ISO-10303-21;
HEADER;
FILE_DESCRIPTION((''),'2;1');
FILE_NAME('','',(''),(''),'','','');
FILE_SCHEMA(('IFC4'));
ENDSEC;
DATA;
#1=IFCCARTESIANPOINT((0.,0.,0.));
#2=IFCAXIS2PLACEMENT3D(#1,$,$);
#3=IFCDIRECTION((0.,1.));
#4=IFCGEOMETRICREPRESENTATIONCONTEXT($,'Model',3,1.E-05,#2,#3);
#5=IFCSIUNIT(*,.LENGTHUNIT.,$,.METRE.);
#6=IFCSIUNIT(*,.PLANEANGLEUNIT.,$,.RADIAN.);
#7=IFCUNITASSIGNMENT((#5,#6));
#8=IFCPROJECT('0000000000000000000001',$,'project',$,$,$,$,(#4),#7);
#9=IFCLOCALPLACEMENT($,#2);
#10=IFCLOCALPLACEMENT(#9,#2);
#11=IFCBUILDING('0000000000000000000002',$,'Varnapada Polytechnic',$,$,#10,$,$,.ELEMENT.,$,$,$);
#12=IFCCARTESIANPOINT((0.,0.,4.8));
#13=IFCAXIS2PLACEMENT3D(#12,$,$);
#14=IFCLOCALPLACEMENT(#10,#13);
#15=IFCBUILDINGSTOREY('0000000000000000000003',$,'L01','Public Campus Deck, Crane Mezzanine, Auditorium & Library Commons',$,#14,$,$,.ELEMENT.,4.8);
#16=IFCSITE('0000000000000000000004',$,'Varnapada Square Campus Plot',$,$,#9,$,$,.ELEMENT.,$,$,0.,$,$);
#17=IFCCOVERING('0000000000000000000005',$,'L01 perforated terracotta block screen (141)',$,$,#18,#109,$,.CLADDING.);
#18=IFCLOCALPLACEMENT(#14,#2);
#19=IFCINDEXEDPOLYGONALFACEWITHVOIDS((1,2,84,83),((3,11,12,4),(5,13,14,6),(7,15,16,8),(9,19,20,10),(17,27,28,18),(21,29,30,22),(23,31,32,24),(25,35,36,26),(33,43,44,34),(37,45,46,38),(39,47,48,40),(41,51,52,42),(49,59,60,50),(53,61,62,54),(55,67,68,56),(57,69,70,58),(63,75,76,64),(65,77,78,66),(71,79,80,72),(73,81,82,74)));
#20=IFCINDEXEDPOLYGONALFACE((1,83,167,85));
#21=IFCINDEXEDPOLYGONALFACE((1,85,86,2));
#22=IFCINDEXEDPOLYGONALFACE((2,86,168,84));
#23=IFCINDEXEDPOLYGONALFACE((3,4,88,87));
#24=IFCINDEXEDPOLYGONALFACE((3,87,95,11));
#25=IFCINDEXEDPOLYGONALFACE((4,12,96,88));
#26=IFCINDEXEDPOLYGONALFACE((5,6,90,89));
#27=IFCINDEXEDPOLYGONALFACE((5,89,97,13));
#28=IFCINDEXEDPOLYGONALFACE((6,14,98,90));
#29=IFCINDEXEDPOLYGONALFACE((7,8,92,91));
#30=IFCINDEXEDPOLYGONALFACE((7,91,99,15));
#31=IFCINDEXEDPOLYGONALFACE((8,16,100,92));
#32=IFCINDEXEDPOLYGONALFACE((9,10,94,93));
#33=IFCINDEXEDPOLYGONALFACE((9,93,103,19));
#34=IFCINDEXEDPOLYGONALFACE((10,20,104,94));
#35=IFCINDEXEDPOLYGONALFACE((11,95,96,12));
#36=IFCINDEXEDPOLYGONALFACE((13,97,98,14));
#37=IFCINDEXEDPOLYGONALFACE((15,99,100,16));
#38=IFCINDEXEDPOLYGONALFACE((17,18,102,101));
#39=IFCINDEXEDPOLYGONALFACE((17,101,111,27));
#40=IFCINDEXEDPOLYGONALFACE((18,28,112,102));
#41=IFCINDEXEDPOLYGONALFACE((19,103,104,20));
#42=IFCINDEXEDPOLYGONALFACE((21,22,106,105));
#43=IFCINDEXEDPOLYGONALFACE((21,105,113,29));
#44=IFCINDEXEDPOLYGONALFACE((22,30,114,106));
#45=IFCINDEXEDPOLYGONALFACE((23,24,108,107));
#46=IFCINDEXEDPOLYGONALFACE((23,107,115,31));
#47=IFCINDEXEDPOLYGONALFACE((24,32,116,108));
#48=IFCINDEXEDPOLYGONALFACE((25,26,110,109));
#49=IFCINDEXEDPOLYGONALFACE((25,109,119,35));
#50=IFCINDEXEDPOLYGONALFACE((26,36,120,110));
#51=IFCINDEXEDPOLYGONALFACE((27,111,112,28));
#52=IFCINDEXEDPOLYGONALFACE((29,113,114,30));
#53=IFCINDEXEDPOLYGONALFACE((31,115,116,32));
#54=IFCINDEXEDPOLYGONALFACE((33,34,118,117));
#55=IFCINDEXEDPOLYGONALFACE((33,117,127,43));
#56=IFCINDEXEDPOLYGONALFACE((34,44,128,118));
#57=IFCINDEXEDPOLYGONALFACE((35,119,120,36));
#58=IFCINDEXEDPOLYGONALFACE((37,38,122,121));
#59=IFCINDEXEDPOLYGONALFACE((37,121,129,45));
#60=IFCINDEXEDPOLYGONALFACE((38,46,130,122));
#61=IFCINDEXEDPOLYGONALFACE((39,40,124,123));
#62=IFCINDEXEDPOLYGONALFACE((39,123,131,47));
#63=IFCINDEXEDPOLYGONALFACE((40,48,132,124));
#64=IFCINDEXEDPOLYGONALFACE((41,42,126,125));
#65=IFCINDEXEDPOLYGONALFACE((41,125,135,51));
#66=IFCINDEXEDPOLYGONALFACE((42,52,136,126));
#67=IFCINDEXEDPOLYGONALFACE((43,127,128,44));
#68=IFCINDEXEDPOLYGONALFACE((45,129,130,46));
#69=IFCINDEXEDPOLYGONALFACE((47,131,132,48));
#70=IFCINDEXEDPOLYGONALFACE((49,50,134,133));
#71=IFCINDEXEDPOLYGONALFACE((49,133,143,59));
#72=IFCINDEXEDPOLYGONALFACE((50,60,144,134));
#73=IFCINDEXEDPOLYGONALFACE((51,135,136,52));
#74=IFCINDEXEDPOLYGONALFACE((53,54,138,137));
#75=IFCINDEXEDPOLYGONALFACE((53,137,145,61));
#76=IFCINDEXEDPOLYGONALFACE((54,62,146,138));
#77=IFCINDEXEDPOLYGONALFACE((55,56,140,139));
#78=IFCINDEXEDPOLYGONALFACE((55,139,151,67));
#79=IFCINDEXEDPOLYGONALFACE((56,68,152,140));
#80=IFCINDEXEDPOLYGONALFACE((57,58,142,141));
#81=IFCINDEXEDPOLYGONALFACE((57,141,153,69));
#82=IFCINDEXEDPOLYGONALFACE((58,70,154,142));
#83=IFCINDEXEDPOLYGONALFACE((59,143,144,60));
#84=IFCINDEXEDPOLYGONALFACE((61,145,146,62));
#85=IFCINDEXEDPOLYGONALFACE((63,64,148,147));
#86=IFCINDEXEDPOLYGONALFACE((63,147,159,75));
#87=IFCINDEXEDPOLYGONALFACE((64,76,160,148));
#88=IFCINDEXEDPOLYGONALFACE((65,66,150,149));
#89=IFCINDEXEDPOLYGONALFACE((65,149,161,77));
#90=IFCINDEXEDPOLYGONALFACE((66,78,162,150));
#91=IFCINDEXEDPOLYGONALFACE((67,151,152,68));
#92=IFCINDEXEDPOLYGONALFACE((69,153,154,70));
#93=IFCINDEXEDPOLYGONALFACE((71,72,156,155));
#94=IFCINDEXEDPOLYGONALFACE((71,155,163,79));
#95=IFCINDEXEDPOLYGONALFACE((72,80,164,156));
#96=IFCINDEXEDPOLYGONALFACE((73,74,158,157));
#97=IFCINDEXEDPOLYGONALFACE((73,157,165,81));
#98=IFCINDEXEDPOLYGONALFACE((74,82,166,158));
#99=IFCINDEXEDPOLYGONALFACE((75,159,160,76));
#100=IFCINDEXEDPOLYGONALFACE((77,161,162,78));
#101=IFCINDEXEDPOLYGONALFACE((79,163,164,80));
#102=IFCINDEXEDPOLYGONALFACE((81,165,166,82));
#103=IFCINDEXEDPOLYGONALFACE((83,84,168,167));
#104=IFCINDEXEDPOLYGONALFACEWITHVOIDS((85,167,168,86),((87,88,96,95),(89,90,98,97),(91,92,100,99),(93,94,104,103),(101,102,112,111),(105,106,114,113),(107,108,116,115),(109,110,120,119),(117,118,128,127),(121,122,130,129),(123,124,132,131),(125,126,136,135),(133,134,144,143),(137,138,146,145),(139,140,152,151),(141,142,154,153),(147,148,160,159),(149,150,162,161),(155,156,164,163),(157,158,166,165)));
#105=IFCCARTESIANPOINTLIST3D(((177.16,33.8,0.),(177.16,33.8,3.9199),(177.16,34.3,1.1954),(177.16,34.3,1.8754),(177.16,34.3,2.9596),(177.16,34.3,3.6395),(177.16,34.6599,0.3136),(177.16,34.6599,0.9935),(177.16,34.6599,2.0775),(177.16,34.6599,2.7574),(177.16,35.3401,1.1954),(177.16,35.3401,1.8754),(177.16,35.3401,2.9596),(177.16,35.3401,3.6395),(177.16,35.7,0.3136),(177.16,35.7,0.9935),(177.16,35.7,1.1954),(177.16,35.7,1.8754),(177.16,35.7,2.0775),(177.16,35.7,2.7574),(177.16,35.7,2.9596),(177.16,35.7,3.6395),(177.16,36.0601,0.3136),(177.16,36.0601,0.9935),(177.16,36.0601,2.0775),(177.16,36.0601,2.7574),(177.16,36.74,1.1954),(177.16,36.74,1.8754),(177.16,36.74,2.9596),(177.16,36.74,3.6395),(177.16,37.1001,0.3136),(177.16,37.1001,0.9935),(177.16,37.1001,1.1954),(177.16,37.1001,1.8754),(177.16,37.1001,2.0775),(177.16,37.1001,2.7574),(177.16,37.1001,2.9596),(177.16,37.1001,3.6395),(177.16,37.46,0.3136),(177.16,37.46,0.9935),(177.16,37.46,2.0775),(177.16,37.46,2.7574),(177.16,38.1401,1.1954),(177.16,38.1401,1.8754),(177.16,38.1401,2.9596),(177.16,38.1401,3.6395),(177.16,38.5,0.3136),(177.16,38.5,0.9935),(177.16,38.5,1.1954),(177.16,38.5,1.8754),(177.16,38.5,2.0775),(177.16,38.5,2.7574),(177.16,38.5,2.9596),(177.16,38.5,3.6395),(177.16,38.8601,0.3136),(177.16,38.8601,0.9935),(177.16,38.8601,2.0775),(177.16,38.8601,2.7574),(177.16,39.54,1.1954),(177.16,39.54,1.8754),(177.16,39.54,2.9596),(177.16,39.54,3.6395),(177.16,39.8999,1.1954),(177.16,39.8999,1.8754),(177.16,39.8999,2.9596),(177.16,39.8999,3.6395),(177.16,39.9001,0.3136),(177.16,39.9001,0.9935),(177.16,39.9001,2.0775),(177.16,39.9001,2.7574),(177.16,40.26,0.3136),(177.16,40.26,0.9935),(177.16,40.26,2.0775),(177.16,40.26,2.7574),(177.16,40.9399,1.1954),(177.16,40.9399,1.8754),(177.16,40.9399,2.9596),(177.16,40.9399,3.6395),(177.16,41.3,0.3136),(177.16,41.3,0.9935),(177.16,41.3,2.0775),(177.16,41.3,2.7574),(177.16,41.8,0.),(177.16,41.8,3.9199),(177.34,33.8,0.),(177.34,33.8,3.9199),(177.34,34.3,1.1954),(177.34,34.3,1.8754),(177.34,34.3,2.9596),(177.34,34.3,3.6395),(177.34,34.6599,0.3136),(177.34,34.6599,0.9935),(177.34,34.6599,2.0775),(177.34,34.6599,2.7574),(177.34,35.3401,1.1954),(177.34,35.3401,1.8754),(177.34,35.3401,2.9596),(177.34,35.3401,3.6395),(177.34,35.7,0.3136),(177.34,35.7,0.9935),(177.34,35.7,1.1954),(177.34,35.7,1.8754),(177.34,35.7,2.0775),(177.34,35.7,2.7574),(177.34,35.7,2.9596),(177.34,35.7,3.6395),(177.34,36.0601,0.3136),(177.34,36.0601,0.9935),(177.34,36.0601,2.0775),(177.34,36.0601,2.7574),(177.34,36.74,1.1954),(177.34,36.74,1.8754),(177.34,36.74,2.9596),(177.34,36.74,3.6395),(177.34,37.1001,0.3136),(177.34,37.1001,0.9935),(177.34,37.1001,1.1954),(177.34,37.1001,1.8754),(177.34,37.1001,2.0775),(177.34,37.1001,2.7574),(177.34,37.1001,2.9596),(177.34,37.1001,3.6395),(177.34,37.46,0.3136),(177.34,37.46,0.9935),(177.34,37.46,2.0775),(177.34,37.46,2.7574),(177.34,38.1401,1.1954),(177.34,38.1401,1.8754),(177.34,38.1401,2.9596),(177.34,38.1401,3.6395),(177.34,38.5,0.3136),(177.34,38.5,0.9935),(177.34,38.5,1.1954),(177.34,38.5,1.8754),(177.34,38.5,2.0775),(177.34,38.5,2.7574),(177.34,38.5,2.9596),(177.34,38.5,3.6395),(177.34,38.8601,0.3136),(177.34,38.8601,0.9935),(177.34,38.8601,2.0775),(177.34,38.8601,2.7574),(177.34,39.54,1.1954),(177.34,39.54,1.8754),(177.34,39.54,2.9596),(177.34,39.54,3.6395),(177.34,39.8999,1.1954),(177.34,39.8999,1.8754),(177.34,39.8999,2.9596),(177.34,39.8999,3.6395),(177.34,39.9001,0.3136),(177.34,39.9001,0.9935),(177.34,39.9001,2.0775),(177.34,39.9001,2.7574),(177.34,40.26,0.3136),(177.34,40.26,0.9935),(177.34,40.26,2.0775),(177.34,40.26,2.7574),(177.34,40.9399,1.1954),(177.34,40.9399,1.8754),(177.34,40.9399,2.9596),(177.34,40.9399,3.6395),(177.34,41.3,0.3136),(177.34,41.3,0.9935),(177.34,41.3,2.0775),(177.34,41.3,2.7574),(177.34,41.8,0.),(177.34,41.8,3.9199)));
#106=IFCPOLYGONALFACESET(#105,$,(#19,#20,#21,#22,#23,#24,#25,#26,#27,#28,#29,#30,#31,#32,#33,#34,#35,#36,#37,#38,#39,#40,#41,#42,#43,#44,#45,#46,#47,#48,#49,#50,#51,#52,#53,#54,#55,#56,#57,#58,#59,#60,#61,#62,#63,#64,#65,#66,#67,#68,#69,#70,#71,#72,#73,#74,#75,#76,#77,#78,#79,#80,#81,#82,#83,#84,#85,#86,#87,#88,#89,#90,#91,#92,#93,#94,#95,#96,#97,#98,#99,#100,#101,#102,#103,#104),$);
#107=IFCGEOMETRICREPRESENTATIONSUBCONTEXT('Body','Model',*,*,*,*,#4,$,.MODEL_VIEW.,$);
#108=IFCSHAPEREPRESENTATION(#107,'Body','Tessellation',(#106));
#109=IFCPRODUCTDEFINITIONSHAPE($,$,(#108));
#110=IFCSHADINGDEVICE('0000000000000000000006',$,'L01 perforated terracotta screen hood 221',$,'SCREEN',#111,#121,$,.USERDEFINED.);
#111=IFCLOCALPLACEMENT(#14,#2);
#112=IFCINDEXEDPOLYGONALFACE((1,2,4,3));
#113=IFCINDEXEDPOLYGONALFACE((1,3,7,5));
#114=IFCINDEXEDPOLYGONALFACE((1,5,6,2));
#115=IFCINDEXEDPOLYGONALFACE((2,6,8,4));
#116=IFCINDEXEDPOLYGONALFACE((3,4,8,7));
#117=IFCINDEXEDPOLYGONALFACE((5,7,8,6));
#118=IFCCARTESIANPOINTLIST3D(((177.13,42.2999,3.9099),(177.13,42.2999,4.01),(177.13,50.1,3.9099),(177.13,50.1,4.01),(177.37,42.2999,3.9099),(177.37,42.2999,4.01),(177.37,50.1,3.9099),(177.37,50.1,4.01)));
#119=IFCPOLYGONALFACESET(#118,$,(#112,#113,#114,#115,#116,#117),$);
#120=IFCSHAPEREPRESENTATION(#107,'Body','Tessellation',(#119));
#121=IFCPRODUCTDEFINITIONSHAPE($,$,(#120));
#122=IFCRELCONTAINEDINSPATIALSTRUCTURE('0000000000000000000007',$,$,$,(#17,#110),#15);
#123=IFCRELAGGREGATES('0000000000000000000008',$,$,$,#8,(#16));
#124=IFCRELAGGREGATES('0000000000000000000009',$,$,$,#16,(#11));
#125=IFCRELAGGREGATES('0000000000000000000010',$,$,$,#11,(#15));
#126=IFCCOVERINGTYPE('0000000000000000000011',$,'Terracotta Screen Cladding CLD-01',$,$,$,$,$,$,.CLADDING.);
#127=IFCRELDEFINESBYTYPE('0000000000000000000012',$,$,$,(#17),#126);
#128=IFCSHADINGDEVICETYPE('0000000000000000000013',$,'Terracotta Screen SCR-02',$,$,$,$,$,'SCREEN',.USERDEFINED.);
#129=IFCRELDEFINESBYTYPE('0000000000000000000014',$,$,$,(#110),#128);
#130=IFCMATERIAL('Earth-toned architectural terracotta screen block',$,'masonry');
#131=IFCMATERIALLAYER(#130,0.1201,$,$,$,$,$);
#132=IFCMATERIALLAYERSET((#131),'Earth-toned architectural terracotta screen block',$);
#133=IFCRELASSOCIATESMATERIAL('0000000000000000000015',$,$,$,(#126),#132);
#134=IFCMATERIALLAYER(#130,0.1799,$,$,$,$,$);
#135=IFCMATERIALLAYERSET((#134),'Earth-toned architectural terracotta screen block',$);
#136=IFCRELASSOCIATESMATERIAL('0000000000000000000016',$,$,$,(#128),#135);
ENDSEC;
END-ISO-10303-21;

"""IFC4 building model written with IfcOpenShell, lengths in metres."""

from ifc_helpers import new_model, si_unit, direction, frame, frame_2d, origin, origin_2d, place, context, subcontext, project, spatial, rectangle, extrude, material, layer, layer_set, type_object, element, save


model = new_model("IFC4")

# Units and contexts
model_context = context("Model", 3, precision=1e-05, world=origin(), true_north=direction((0.0, 1.0)))
body_context = subcontext(model_context, "Body", "Model", "MODEL_VIEW")
ifc_project = project(units=[si_unit("LENGTHUNIT", "METRE"), si_unit("PLANEANGLEUNIT", "RADIAN")], contexts=[model_context])

# Site, building, storey
site_placement = place(None, origin())
site = spatial("IfcSite", under=ifc_project, at=site_placement, Name="Varnapada Square Campus Plot", CompositionType="ELEMENT", RefElevation=0.0)
building_placement = place(site_placement, origin())
building = spatial("IfcBuilding", under=site, at=building_placement, Name="Varnapada Polytechnic", CompositionType="ELEMENT")
storey_placement = place(building_placement, frame((0.0, 0.0, 4.8)))
storey = spatial("IfcBuildingStorey", under=building, at=storey_placement, Name="L01", Description="Public Campus Deck, Crane Mezzanine, Auditorium & Library Commons", CompositionType="ELEMENT", Elevation=4.8)

# Covering, openings
ifc_material_1 = material(Name="Earth-toned architectural terracotta screen block", Category="masonry")
ifc_layer_1 = layer(ifc_material_1, 0.1201)
ifc_layer_set_1 = layer_set([ifc_layer_1], Name="Earth-toned architectural terracotta screen block")
covering_type = type_object("IfcCoveringType", Name="Terracotta Screen Cladding CLD-01", PredefinedType="CLADDING", material=ifc_layer_set_1)
covering_placement = place(storey_placement, frame((177.25, 41.8, 0.0), z_axis=(0.0, 0.0, 1.0), x_axis=(0.0, -1.0, 0.0)))
covering = element("IfcCovering", 1, at=covering_placement, inside=storey, type_object=covering_type, Name="L01 perforated terracotta block screen (141)", PredefinedType="CLADDING", context=body_context, shape_type="SweptSolid", body=[
    extrude(rectangle(XDim=8.0, YDim=0.1799, at=frame_2d((4.0, 0.0))), origin(), (0.0, 0.0, 1.0), 3.9199),
])
opening_1_placement = place(covering_placement, frame((0.5, 0.0, 0.3137)))
element("IfcOpeningElement", 2, at=opening_1_placement, cuts=covering, PredefinedType="OPENING", context=body_context, shape_type="SweptSolid", body=[
    extrude(rectangle(XDim=1.04, YDim=0.6799, at=frame_2d((0.52, 0.3398))), frame((0.0, 0.0999, 0.0), z_axis=(0.0, -1.0, 0.0), x_axis=(1.0, 0.0, 0.0)), (0.0, 0.0, 1.0), 0.2),
])
opening_2_placement = place(covering_placement, frame((1.8999, 0.0, 0.3137)))
element("IfcOpeningElement", 3, at=opening_2_placement, cuts=covering, PredefinedType="OPENING", context=body_context, shape_type="SweptSolid", body=[
    extrude(rectangle(XDim=1.04, YDim=0.6799, at=frame_2d((0.52, 0.3398))), frame((0.0, 0.0999, 0.0), z_axis=(0.0, -1.0, 0.0), x_axis=(1.0, 0.0, 0.0)), (0.0, 0.0, 1.0), 0.2),
])
opening_3_placement = place(covering_placement, frame((3.3, 0.0, 0.3137)))
element("IfcOpeningElement", 4, at=opening_3_placement, cuts=covering, PredefinedType="OPENING", context=body_context, shape_type="SweptSolid", body=[
    extrude(rectangle(XDim=1.04, YDim=0.6799, at=frame_2d((0.52, 0.3398))), frame((0.0, 0.0999, 0.0), z_axis=(0.0, -1.0, 0.0), x_axis=(1.0, 0.0, 0.0)), (0.0, 0.0, 1.0), 0.2),
])
opening_4_placement = place(covering_placement, frame((4.7, 0.0, 0.3137)))
element("IfcOpeningElement", 5, at=opening_4_placement, cuts=covering, PredefinedType="OPENING", context=body_context, shape_type="SweptSolid", body=[
    extrude(rectangle(XDim=1.04, YDim=0.6799, at=frame_2d((0.52, 0.3398))), frame((0.0, 0.0999, 0.0), z_axis=(0.0, -1.0, 0.0), x_axis=(1.0, 0.0, 0.0)), (0.0, 0.0, 1.0), 0.2),
])
opening_5_placement = place(covering_placement, frame((6.1001, 0.0, 0.3137)))
element("IfcOpeningElement", 6, at=opening_5_placement, cuts=covering, PredefinedType="OPENING", context=body_context, shape_type="SweptSolid", body=[
    extrude(rectangle(XDim=1.04, YDim=0.6799, at=frame_2d((0.52, 0.3398))), frame((0.0, 0.0999, 0.0), z_axis=(0.0, -1.0, 0.0), x_axis=(1.0, 0.0, 0.0)), (0.0, 0.0, 1.0), 0.2),
])
opening_6_placement = place(covering_placement, frame((0.8601, 0.0, 1.1956)))
element("IfcOpeningElement", 7, at=opening_6_placement, cuts=covering, PredefinedType="OPENING", context=body_context, shape_type="SweptSolid", body=[
    extrude(rectangle(XDim=1.04, YDim=0.6799, at=frame_2d((0.52, 0.3398))), frame((0.0, 0.0999, 0.0), z_axis=(0.0, -1.0, 0.0), x_axis=(1.0, 0.0, 0.0)), (0.0, 0.0, 1.0), 0.2),
])
opening_7_placement = place(covering_placement, frame((2.26, 0.0, 1.1956)))
element("IfcOpeningElement", 8, at=opening_7_placement, cuts=covering, PredefinedType="OPENING", context=body_context, shape_type="SweptSolid", body=[
    extrude(rectangle(XDim=1.04, YDim=0.6799, at=frame_2d((0.52, 0.3398))), frame((0.0, 0.0999, 0.0), z_axis=(0.0, -1.0, 0.0), x_axis=(1.0, 0.0, 0.0)), (0.0, 0.0, 1.0), 0.2),
])
opening_8_placement = place(covering_placement, frame((3.6599, 0.0, 1.1956)))
element("IfcOpeningElement", 9, at=opening_8_placement, cuts=covering, PredefinedType="OPENING", context=body_context, shape_type="SweptSolid", body=[
    extrude(rectangle(XDim=1.04, YDim=0.6799, at=frame_2d((0.52, 0.3398))), frame((0.0, 0.0999, 0.0), z_axis=(0.0, -1.0, 0.0), x_axis=(1.0, 0.0, 0.0)), (0.0, 0.0, 1.0), 0.2),
])
opening_9_placement = place(covering_placement, frame((5.0601, 0.0, 1.1956)))
element("IfcOpeningElement", 10, at=opening_9_placement, cuts=covering, PredefinedType="OPENING", context=body_context, shape_type="SweptSolid", body=[
    extrude(rectangle(XDim=1.04, YDim=0.6799, at=frame_2d((0.52, 0.3398))), frame((0.0, 0.0999, 0.0), z_axis=(0.0, -1.0, 0.0), x_axis=(1.0, 0.0, 0.0)), (0.0, 0.0, 1.0), 0.2),
])
opening_10_placement = place(covering_placement, frame((6.46, 0.0, 1.1956)))
element("IfcOpeningElement", 11, at=opening_10_placement, cuts=covering, PredefinedType="OPENING", context=body_context, shape_type="SweptSolid", body=[
    extrude(rectangle(XDim=1.04, YDim=0.6799, at=frame_2d((0.52, 0.3398))), frame((0.0, 0.0999, 0.0), z_axis=(0.0, -1.0, 0.0), x_axis=(1.0, 0.0, 0.0)), (0.0, 0.0, 1.0), 0.2),
])
opening_11_placement = place(covering_placement, frame((0.5, 0.0, 2.0776)))
element("IfcOpeningElement", 12, at=opening_11_placement, cuts=covering, PredefinedType="OPENING", context=body_context, shape_type="SweptSolid", body=[
    extrude(rectangle(XDim=1.04, YDim=0.6799, at=frame_2d((0.52, 0.3398))), frame((0.0, 0.0999, 0.0), z_axis=(0.0, -1.0, 0.0), x_axis=(1.0, 0.0, 0.0)), (0.0, 0.0, 1.0), 0.2),
])
opening_12_placement = place(covering_placement, frame((1.8999, 0.0, 2.0776)))
element("IfcOpeningElement", 13, at=opening_12_placement, cuts=covering, PredefinedType="OPENING", context=body_context, shape_type="SweptSolid", body=[
    extrude(rectangle(XDim=1.04, YDim=0.6799, at=frame_2d((0.52, 0.3398))), frame((0.0, 0.0999, 0.0), z_axis=(0.0, -1.0, 0.0), x_axis=(1.0, 0.0, 0.0)), (0.0, 0.0, 1.0), 0.2),
])
opening_13_placement = place(covering_placement, frame((3.3, 0.0, 2.0776)))
element("IfcOpeningElement", 14, at=opening_13_placement, cuts=covering, PredefinedType="OPENING", context=body_context, shape_type="SweptSolid", body=[
    extrude(rectangle(XDim=1.04, YDim=0.6799, at=frame_2d((0.52, 0.3398))), frame((0.0, 0.0999, 0.0), z_axis=(0.0, -1.0, 0.0), x_axis=(1.0, 0.0, 0.0)), (0.0, 0.0, 1.0), 0.2),
])
opening_14_placement = place(covering_placement, frame((4.7, 0.0, 2.0776)))
element("IfcOpeningElement", 15, at=opening_14_placement, cuts=covering, PredefinedType="OPENING", context=body_context, shape_type="SweptSolid", body=[
    extrude(rectangle(XDim=1.04, YDim=0.6799, at=frame_2d((0.52, 0.3398))), frame((0.0, 0.0999, 0.0), z_axis=(0.0, -1.0, 0.0), x_axis=(1.0, 0.0, 0.0)), (0.0, 0.0, 1.0), 0.2),
])
opening_15_placement = place(covering_placement, frame((6.1001, 0.0, 2.0776)))
element("IfcOpeningElement", 16, at=opening_15_placement, cuts=covering, PredefinedType="OPENING", context=body_context, shape_type="SweptSolid", body=[
    extrude(rectangle(XDim=1.04, YDim=0.6799, at=frame_2d((0.52, 0.3398))), frame((0.0, 0.0999, 0.0), z_axis=(0.0, -1.0, 0.0), x_axis=(1.0, 0.0, 0.0)), (0.0, 0.0, 1.0), 0.2),
])
opening_16_placement = place(covering_placement, frame((0.8601, 0.0, 2.9597)))
element("IfcOpeningElement", 17, at=opening_16_placement, cuts=covering, PredefinedType="OPENING", context=body_context, shape_type="SweptSolid", body=[
    extrude(rectangle(XDim=1.04, YDim=0.6799, at=frame_2d((0.52, 0.3398))), frame((0.0, 0.0999, 0.0), z_axis=(0.0, -1.0, 0.0), x_axis=(1.0, 0.0, 0.0)), (0.0, 0.0, 1.0), 0.2),
])
opening_17_placement = place(covering_placement, frame((2.26, 0.0, 2.9597)))
element("IfcOpeningElement", 18, at=opening_17_placement, cuts=covering, PredefinedType="OPENING", context=body_context, shape_type="SweptSolid", body=[
    extrude(rectangle(XDim=1.04, YDim=0.6799, at=frame_2d((0.52, 0.3398))), frame((0.0, 0.0999, 0.0), z_axis=(0.0, -1.0, 0.0), x_axis=(1.0, 0.0, 0.0)), (0.0, 0.0, 1.0), 0.2),
])
opening_18_placement = place(covering_placement, frame((3.6599, 0.0, 2.9597)))
element("IfcOpeningElement", 19, at=opening_18_placement, cuts=covering, PredefinedType="OPENING", context=body_context, shape_type="SweptSolid", body=[
    extrude(rectangle(XDim=1.04, YDim=0.6799, at=frame_2d((0.52, 0.3398))), frame((0.0, 0.0999, 0.0), z_axis=(0.0, -1.0, 0.0), x_axis=(1.0, 0.0, 0.0)), (0.0, 0.0, 1.0), 0.2),
])
opening_19_placement = place(covering_placement, frame((5.0601, 0.0, 2.9597)))
element("IfcOpeningElement", 20, at=opening_19_placement, cuts=covering, PredefinedType="OPENING", context=body_context, shape_type="SweptSolid", body=[
    extrude(rectangle(XDim=1.04, YDim=0.6799, at=frame_2d((0.52, 0.3398))), frame((0.0, 0.0999, 0.0), z_axis=(0.0, -1.0, 0.0), x_axis=(1.0, 0.0, 0.0)), (0.0, 0.0, 1.0), 0.2),
])
opening_20_placement = place(covering_placement, frame((6.46, 0.0, 2.9597)))
element("IfcOpeningElement", 21, at=opening_20_placement, cuts=covering, PredefinedType="OPENING", context=body_context, shape_type="SweptSolid", body=[
    extrude(rectangle(XDim=1.04, YDim=0.6799, at=frame_2d((0.52, 0.3398))), frame((0.0, 0.0999, 0.0), z_axis=(0.0, -1.0, 0.0), x_axis=(1.0, 0.0, 0.0)), (0.0, 0.0, 1.0), 0.2),
])

# Shading device
ifc_layer_2 = layer(ifc_material_1, 0.1799)
ifc_layer_set_2 = layer_set([ifc_layer_2], Name="Earth-toned architectural terracotta screen block")
shading_device_type = type_object("IfcShadingDeviceType", Name="Terracotta Screen SCR-02", ElementType="SCREEN", PredefinedType="USERDEFINED", material=ifc_layer_set_2)
shading_device_placement = place(storey_placement, frame((177.25, 46.2, 3.9099), z_axis=(0.0, 0.0, 1.0), x_axis=(0.0, -1.0, 0.0)))
element("IfcShadingDevice", 22, at=shading_device_placement, inside=storey, type_object=shading_device_type, Name="L01 perforated terracotta screen hood 221", ObjectType="SCREEN", PredefinedType="USERDEFINED", context=body_context, shape_type="SweptSolid", body=[
    extrude(rectangle(XDim=7.8, YDim=0.24, at=origin_2d()), origin(), (0.0, 0.0, 1.0), 0.1001),
])

save(model, "model.ifc")
